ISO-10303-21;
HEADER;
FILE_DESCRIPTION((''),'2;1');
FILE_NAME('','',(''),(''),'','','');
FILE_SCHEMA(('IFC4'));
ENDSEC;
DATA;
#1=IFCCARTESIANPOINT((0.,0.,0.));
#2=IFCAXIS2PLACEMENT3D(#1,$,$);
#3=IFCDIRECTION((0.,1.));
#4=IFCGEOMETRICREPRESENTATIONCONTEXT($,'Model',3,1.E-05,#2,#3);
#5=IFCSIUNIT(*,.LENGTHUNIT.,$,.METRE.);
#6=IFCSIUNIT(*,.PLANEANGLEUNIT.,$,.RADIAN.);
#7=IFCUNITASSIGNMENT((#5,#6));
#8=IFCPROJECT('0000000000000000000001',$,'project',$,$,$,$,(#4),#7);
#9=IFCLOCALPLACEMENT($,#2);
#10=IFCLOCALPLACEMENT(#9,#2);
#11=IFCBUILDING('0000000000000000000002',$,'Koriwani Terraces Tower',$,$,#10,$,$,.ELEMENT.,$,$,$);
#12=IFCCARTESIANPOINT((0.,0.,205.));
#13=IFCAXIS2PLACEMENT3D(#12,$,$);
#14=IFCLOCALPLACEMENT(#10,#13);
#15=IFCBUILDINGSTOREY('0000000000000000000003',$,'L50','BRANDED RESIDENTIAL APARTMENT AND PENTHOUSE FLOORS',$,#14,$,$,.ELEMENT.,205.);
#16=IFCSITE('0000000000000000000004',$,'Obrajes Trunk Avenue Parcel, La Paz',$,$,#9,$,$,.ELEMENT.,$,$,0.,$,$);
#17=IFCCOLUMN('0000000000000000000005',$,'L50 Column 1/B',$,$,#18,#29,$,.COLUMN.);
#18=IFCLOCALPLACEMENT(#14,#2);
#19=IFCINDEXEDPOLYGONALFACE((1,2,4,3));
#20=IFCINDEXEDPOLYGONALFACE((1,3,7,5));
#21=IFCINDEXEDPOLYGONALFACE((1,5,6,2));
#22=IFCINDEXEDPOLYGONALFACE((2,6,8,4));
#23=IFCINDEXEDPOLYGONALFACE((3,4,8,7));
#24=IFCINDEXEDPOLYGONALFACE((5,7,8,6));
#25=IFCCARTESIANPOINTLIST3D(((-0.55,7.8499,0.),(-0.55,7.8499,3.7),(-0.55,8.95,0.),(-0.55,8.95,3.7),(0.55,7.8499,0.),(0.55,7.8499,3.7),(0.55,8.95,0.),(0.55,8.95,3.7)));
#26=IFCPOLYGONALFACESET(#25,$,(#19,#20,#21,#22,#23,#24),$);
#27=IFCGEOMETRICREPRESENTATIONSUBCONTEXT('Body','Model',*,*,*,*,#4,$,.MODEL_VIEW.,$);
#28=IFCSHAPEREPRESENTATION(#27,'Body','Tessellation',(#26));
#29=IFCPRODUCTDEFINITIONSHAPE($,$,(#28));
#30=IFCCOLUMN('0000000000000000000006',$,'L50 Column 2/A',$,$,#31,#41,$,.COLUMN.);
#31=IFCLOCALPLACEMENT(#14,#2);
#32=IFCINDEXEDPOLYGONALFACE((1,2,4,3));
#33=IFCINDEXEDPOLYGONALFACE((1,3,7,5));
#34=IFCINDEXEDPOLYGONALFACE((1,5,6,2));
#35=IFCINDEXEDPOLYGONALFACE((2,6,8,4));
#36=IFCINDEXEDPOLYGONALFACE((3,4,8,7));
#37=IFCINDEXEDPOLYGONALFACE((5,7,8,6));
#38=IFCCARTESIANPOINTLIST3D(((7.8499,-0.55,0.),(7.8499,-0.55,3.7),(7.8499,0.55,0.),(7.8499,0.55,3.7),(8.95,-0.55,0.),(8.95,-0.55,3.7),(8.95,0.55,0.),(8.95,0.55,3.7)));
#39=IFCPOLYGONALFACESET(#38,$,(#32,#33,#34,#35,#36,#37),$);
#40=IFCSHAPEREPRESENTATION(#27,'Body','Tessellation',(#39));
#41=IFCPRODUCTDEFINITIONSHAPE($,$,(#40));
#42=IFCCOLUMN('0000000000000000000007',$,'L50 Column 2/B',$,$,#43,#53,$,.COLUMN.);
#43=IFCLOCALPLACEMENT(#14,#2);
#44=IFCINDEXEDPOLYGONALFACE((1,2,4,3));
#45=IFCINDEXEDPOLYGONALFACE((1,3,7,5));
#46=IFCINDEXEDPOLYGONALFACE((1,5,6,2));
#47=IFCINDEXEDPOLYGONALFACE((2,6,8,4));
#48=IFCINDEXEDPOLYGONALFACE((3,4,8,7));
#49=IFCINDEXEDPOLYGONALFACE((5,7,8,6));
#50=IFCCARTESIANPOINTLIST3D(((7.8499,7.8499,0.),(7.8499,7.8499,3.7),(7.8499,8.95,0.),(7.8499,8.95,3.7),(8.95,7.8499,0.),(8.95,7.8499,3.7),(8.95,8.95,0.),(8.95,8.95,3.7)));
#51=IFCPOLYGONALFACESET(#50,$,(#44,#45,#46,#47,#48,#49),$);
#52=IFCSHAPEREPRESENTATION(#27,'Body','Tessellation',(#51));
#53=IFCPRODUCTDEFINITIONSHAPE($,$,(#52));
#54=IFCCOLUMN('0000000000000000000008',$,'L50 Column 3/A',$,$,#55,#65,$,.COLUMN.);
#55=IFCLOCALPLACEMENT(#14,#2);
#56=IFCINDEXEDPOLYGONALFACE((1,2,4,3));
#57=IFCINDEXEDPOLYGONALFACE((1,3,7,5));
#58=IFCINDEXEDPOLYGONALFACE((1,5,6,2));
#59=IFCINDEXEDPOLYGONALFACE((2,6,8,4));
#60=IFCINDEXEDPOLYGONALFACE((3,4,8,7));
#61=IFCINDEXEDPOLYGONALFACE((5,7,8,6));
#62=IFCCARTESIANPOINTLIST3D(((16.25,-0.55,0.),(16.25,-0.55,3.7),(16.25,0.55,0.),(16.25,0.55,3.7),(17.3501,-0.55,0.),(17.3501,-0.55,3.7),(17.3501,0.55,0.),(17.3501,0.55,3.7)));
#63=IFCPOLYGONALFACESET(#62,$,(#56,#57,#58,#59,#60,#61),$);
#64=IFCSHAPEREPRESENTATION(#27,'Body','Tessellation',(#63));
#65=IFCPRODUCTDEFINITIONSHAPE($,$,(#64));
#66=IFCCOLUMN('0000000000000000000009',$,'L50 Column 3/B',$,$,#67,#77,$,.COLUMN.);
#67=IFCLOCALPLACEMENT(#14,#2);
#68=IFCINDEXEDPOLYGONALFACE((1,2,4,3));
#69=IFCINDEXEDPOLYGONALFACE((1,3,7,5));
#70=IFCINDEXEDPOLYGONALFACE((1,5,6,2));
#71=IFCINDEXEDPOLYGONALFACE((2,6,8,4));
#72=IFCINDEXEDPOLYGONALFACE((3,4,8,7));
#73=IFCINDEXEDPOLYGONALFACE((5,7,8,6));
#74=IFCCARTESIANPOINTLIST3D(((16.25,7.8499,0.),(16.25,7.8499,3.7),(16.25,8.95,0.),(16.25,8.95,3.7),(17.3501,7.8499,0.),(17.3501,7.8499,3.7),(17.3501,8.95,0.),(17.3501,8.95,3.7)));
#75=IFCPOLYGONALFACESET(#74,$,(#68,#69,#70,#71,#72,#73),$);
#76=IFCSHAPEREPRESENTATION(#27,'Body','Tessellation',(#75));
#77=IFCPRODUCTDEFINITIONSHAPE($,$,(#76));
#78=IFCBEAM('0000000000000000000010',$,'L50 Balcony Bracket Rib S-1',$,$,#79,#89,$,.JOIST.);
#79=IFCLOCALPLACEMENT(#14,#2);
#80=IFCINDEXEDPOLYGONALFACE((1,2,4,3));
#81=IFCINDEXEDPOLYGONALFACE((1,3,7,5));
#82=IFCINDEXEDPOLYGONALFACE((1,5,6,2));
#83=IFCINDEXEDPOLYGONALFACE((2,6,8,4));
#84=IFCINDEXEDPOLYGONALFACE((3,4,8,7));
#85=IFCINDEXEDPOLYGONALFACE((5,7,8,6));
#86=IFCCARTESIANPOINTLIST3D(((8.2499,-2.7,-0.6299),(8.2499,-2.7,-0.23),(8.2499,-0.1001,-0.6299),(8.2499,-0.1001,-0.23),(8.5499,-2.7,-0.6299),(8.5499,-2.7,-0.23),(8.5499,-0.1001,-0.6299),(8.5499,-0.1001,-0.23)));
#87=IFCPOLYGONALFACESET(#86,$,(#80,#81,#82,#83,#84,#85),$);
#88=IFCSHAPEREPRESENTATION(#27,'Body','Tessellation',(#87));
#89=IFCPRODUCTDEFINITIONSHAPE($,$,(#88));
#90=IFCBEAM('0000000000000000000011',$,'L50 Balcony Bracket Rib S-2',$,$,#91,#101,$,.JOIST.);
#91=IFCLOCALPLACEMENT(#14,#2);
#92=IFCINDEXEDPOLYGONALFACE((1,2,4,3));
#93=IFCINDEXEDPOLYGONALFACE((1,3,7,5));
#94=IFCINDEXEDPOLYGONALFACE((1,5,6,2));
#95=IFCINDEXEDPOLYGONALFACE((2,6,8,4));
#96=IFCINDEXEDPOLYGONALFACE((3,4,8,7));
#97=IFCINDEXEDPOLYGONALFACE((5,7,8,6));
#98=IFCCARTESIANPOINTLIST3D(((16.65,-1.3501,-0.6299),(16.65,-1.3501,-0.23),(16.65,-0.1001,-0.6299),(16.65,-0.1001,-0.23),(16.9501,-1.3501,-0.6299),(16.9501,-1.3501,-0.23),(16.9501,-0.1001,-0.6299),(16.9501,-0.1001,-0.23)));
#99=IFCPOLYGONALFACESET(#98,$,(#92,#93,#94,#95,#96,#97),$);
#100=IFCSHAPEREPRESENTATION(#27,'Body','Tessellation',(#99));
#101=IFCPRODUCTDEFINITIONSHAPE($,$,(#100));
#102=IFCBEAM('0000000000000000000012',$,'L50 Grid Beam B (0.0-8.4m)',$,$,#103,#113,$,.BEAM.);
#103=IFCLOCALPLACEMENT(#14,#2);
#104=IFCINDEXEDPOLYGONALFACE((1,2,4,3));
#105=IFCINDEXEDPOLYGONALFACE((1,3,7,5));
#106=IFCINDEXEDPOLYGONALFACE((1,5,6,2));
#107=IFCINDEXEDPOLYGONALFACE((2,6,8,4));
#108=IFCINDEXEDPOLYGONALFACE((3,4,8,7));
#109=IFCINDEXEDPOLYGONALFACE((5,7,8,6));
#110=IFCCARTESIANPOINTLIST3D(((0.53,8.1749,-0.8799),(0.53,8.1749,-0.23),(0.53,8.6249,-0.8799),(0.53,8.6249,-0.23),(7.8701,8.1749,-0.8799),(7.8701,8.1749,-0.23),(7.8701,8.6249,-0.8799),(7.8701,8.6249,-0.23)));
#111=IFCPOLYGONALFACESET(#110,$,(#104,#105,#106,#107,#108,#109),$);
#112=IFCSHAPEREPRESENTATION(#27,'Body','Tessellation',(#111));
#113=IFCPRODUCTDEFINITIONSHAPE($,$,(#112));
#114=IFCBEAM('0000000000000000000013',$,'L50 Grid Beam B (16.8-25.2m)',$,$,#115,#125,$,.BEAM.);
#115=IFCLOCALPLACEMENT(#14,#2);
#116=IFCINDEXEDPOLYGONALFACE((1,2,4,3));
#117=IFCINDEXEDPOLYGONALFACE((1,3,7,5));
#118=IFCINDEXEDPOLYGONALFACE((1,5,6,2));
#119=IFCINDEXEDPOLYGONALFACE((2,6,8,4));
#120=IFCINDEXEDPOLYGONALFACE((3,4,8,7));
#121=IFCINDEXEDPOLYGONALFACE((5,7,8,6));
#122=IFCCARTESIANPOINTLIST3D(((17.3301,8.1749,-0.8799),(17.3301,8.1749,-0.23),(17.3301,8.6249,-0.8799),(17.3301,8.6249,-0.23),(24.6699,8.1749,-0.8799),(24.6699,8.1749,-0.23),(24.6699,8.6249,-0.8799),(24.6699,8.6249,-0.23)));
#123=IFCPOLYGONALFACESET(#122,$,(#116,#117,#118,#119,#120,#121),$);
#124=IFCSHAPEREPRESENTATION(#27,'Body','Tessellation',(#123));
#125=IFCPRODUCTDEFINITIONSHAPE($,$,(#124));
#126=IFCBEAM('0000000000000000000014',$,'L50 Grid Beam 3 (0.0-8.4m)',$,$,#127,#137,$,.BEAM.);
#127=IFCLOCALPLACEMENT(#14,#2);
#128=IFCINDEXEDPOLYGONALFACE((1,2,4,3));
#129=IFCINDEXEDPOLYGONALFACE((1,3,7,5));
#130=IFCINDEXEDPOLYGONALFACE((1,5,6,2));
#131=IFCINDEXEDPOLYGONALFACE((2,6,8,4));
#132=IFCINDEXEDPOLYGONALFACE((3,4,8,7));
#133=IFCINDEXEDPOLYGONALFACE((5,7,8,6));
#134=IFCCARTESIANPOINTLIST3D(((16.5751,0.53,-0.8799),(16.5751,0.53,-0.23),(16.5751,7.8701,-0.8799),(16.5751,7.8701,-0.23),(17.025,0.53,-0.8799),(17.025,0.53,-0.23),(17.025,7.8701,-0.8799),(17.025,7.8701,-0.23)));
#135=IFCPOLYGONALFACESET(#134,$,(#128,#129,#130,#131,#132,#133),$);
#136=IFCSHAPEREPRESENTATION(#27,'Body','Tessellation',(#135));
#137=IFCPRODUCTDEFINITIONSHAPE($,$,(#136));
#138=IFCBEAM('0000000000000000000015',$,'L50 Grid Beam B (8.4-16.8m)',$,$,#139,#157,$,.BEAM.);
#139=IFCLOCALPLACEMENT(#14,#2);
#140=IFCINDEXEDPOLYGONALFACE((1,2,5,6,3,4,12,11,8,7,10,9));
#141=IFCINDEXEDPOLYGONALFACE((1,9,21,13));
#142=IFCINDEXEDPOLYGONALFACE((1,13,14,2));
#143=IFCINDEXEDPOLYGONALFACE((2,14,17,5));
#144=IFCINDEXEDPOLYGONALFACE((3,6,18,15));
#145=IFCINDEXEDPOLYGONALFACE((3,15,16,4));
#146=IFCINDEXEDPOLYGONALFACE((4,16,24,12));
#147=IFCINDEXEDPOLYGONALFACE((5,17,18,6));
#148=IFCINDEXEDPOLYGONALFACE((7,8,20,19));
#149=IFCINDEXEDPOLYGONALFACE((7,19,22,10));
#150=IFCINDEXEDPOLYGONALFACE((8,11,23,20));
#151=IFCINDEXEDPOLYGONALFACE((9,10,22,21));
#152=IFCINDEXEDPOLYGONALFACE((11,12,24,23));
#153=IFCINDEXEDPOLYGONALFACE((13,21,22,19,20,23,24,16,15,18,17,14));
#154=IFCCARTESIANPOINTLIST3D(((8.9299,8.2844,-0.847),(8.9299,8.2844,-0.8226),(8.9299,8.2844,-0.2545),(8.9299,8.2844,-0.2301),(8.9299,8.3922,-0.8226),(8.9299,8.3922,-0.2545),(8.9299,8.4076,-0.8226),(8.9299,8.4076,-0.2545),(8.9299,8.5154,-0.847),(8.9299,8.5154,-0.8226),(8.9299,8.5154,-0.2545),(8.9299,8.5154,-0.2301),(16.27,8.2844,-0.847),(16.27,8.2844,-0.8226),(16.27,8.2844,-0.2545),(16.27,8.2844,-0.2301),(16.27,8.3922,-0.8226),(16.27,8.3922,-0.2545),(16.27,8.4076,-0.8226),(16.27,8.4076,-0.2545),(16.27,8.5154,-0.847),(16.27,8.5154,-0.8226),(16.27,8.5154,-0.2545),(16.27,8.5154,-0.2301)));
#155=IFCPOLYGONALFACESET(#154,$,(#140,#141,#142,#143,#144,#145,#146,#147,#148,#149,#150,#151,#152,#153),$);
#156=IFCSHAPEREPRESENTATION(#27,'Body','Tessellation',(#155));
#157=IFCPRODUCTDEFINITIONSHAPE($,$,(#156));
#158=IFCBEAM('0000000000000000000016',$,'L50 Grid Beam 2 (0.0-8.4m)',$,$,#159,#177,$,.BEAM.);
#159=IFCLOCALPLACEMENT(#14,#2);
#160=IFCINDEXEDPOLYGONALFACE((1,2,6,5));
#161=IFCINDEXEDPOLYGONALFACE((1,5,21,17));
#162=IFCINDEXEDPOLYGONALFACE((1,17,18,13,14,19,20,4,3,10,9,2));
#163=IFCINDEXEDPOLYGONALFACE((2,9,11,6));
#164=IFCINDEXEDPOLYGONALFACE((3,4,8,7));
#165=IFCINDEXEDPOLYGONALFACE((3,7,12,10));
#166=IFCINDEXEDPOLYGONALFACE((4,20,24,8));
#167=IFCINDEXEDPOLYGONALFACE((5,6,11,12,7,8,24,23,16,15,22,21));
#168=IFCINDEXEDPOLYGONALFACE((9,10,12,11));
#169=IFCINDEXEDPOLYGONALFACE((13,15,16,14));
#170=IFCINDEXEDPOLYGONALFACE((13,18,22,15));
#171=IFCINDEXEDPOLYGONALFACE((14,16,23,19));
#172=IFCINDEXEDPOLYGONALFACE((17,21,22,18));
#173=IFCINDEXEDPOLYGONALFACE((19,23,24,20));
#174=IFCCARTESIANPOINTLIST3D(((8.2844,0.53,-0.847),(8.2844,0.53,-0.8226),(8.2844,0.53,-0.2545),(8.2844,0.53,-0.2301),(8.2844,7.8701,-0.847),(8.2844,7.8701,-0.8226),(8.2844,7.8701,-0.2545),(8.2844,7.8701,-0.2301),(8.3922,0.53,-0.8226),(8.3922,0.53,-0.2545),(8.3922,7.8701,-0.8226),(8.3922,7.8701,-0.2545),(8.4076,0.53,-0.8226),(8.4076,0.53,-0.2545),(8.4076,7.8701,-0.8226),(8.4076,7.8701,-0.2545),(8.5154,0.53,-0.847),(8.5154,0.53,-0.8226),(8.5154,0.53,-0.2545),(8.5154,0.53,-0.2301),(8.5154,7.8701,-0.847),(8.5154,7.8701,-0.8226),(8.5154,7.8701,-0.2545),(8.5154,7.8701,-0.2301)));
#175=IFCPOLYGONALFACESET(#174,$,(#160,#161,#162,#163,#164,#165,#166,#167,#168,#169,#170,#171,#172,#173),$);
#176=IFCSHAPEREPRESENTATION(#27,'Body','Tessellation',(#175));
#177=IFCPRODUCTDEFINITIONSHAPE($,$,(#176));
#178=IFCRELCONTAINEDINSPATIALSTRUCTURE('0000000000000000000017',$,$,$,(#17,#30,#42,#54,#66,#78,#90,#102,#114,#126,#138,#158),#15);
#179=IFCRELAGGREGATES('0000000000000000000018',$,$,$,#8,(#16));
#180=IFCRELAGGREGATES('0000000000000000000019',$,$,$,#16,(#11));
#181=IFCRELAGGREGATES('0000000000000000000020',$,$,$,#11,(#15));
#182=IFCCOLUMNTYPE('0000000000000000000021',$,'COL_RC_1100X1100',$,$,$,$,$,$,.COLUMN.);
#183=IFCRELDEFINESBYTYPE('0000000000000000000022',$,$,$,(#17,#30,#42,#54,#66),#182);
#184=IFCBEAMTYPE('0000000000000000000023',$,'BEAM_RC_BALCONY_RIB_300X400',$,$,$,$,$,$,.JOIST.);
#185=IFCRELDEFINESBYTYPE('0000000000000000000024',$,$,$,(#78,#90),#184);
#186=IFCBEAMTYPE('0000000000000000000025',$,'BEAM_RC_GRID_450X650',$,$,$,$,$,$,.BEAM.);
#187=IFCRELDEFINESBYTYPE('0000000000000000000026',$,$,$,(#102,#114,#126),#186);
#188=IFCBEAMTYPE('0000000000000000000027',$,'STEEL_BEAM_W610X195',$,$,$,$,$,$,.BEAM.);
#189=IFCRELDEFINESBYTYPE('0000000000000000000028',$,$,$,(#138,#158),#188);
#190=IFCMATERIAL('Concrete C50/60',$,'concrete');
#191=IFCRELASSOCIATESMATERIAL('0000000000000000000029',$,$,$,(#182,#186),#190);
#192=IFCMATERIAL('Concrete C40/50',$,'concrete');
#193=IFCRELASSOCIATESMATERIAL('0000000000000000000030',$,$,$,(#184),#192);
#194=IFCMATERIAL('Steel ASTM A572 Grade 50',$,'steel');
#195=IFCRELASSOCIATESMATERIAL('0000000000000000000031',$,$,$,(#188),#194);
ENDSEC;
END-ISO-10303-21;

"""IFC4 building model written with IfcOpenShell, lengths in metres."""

from ifc_helpers import new_model, si_unit, direction, frame, origin, origin_2d, place, context, subcontext, project, spatial, rectangle, i_section, extrude, material, material_profile, profile_set, type_object, element, save


model = new_model("IFC4")

# Units and contexts
model_context = context("Model", 3, precision=1e-05, world=origin(), true_north=direction((0.0, 1.0)))
body_context = subcontext(model_context, "Body", "Model", "MODEL_VIEW")
ifc_project = project(units=[si_unit("LENGTHUNIT", "METRE"), si_unit("PLANEANGLEUNIT", "RADIAN")], contexts=[model_context])

# Site, building, storey
site_placement = place(None, origin())
site = spatial("IfcSite", under=ifc_project, at=site_placement, Name="Obrajes Trunk Avenue Parcel, La Paz", CompositionType="ELEMENT", RefElevation=0.0)
building_placement = place(site_placement, origin())
building = spatial("IfcBuilding", under=site, at=building_placement, Name="Koriwani Terraces Tower", CompositionType="ELEMENT")
storey_placement = place(building_placement, frame((0.0, 0.0, 205.0)))
storey = spatial("IfcBuildingStorey", under=building, at=storey_placement, Name="L50", Description="BRANDED RESIDENTIAL APARTMENT AND PENTHOUSE FLOORS", CompositionType="ELEMENT", Elevation=205.0)

# Columns
ifc_material_1 = material(Name="Concrete C50/60", Category="concrete")
ifc_material_profile_1 = material_profile(ifc_material_1, rectangle(XDim=1.1001, YDim=1.1001, at=origin_2d()), Name="Concrete C50/60", Category="LoadBearing")
ifc_profile_set_1 = profile_set([ifc_material_profile_1], Name="Concrete C50/60")
column_type = type_object("IfcColumnType", Name="COL_RC_1100X1100", PredefinedType="COLUMN", material=ifc_profile_set_1)
for number, where, z_axis, x_axis, name in (
    (1, (0.0, 8.3999, 0.0), (0.0, 0.0, 1.0), (1.0, 0.0, 0.0), "L50 Column 1/B"),
    (2, (8.3999, 0.0, 0.0), (0.0, 0.0, 1.0), (1.0, 0.0, 0.0), "L50 Column 2/A"),
    (3, (8.3999, 8.3999, 0.0), (0.0, 0.0, 1.0), (1.0, 0.0, 0.0), "L50 Column 2/B"),
    (4, (16.8, 0.0, 0.0), (0.0, 0.0, 1.0), (1.0, 0.0, 0.0), "L50 Column 3/A"),
    (5, (16.8, 8.3999, 0.0), (0.0, 0.0, 1.0), (1.0, 0.0, 0.0), "L50 Column 3/B"),
):
    element("IfcColumn", number, at=place(storey_placement, frame(where, z_axis=z_axis, x_axis=x_axis)), inside=storey, type_object=column_type, Name=name, PredefinedType="COLUMN", context=body_context, shape_type="SweptSolid", body=[
        extrude(rectangle(XDim=1.1001, YDim=1.1001, at=origin_2d()), origin(), (0.0, 0.0, 1.0), 3.7),
    ])

# Beams
ifc_material_2 = material(Name="Concrete C40/50", Category="concrete")
ifc_material_profile_2 = material_profile(ifc_material_2, rectangle(XDim=0.3, YDim=0.3999, at=origin_2d()), Name="Concrete C40/50", Category="LoadBearing")
ifc_profile_set_2 = profile_set([ifc_material_profile_2], Name="Concrete C40/50")
beam_type_1 = type_object("IfcBeamType", Name="BEAM_RC_BALCONY_RIB_300X400", PredefinedType="JOIST", material=ifc_profile_set_2)
beam_1_placement = place(storey_placement, frame((8.3999, -2.7, -0.4299), z_axis=(0.0, 1.0, 0.0), x_axis=(-1.0, 0.0, 0.0)))
element("IfcBeam", 6, at=beam_1_placement, inside=storey, type_object=beam_type_1, Name="L50 Balcony Bracket Rib S-1", PredefinedType="JOIST", context=body_context, shape_type="SweptSolid", body=[
    extrude(rectangle(XDim=0.3, YDim=0.3999, at=origin_2d()), origin(), (0.0, 0.0, 1.0), 2.5999),
])
beam_2_placement = place(storey_placement, frame((16.8, -1.3501, -0.4299), z_axis=(0.0, 1.0, 0.0), x_axis=(-1.0, 0.0, 0.0)))
element("IfcBeam", 7, at=beam_2_placement, inside=storey, type_object=beam_type_1, Name="L50 Balcony Bracket Rib S-2", PredefinedType="JOIST", context=body_context, shape_type="SweptSolid", body=[
    extrude(rectangle(XDim=0.3, YDim=0.3999, at=origin_2d()), origin(), (0.0, 0.0, 1.0), 1.25),
])
ifc_material_profile_3 = material_profile(ifc_material_1, rectangle(XDim=0.45, YDim=0.6499, at=origin_2d()), Name="Concrete C50/60", Category="LoadBearing")
ifc_profile_set_3 = profile_set([ifc_material_profile_3], Name="Concrete C50/60")
beam_type_2 = type_object("IfcBeamType", Name="BEAM_RC_GRID_450X650", PredefinedType="BEAM", material=ifc_profile_set_3)
beam_3_placement = place(storey_placement, frame((0.53, 8.3999, -0.5549), z_axis=(1.0, 0.0, 0.0), x_axis=(0.0, 1.0, 0.0)))
element("IfcBeam", 8, at=beam_3_placement, inside=storey, type_object=beam_type_2, Name="L50 Grid Beam B (0.0-8.4m)", PredefinedType="BEAM", context=body_context, shape_type="SweptSolid", body=[
    extrude(rectangle(XDim=0.45, YDim=0.6499, at=origin_2d()), origin(), (0.0, 0.0, 1.0), 7.3401),
])
beam_4_placement = place(storey_placement, frame((17.3301, 8.3999, -0.5549), z_axis=(1.0, 0.0, 0.0), x_axis=(0.0, 1.0, 0.0)))
element("IfcBeam", 9, at=beam_4_placement, inside=storey, type_object=beam_type_2, Name="L50 Grid Beam B (16.8-25.2m)", PredefinedType="BEAM", context=body_context, shape_type="SweptSolid", body=[
    extrude(rectangle(XDim=0.45, YDim=0.6499, at=origin_2d()), origin(), (0.0, 0.0, 1.0), 7.3398),
])
beam_5_placement = place(storey_placement, frame((16.8, 0.53, -0.5549), z_axis=(0.0, 1.0, 0.0), x_axis=(-1.0, 0.0, 0.0)))
element("IfcBeam", 10, at=beam_5_placement, inside=storey, type_object=beam_type_2, Name="L50 Grid Beam 3 (0.0-8.4m)", PredefinedType="BEAM", context=body_context, shape_type="SweptSolid", body=[
    extrude(rectangle(XDim=0.45, YDim=0.6499, at=origin_2d()), origin(), (0.0, 0.0, 1.0), 7.3401),
])
ifc_material_3 = material(Name="Steel ASTM A572 Grade 50", Category="steel")
ifc_material_profile_4 = material_profile(ifc_material_3, i_section(OverallWidth=0.231, OverallDepth=0.6169, WebThickness=0.0154, FlangeThickness=0.0244, at=origin_2d()), Name="Steel ASTM A572 Grade 50", Category="LoadBearing")
ifc_profile_set_4 = profile_set([ifc_material_profile_4], Name="Steel ASTM A572 Grade 50")
beam_type_3 = type_object("IfcBeamType", Name="STEEL_BEAM_W610X195", PredefinedType="BEAM", material=ifc_profile_set_4)
for number, where, z_axis, x_axis, name in (
    (11, (8.9299, 8.3999, -0.5386), (1.0, 0.0, 0.0), (0.0, 1.0, 0.0), "L50 Grid Beam B (8.4-16.8m)"),
    (12, (8.3999, 0.53, -0.5386), (0.0, 1.0, 0.0), (-1.0, 0.0, 0.0), "L50 Grid Beam 2 (0.0-8.4m)"),
):
    element("IfcBeam", number, at=place(storey_placement, frame(where, z_axis=z_axis, x_axis=x_axis)), inside=storey, type_object=beam_type_3, Name=name, PredefinedType="BEAM", context=body_context, shape_type="SweptSolid", body=[
        extrude(i_section(OverallWidth=0.231, OverallDepth=0.6169, WebThickness=0.0154, FlangeThickness=0.0244, at=origin_2d()), origin(), (0.0, 0.0, 1.0), 7.3401),
    ])

save(model, "model.ifc")
